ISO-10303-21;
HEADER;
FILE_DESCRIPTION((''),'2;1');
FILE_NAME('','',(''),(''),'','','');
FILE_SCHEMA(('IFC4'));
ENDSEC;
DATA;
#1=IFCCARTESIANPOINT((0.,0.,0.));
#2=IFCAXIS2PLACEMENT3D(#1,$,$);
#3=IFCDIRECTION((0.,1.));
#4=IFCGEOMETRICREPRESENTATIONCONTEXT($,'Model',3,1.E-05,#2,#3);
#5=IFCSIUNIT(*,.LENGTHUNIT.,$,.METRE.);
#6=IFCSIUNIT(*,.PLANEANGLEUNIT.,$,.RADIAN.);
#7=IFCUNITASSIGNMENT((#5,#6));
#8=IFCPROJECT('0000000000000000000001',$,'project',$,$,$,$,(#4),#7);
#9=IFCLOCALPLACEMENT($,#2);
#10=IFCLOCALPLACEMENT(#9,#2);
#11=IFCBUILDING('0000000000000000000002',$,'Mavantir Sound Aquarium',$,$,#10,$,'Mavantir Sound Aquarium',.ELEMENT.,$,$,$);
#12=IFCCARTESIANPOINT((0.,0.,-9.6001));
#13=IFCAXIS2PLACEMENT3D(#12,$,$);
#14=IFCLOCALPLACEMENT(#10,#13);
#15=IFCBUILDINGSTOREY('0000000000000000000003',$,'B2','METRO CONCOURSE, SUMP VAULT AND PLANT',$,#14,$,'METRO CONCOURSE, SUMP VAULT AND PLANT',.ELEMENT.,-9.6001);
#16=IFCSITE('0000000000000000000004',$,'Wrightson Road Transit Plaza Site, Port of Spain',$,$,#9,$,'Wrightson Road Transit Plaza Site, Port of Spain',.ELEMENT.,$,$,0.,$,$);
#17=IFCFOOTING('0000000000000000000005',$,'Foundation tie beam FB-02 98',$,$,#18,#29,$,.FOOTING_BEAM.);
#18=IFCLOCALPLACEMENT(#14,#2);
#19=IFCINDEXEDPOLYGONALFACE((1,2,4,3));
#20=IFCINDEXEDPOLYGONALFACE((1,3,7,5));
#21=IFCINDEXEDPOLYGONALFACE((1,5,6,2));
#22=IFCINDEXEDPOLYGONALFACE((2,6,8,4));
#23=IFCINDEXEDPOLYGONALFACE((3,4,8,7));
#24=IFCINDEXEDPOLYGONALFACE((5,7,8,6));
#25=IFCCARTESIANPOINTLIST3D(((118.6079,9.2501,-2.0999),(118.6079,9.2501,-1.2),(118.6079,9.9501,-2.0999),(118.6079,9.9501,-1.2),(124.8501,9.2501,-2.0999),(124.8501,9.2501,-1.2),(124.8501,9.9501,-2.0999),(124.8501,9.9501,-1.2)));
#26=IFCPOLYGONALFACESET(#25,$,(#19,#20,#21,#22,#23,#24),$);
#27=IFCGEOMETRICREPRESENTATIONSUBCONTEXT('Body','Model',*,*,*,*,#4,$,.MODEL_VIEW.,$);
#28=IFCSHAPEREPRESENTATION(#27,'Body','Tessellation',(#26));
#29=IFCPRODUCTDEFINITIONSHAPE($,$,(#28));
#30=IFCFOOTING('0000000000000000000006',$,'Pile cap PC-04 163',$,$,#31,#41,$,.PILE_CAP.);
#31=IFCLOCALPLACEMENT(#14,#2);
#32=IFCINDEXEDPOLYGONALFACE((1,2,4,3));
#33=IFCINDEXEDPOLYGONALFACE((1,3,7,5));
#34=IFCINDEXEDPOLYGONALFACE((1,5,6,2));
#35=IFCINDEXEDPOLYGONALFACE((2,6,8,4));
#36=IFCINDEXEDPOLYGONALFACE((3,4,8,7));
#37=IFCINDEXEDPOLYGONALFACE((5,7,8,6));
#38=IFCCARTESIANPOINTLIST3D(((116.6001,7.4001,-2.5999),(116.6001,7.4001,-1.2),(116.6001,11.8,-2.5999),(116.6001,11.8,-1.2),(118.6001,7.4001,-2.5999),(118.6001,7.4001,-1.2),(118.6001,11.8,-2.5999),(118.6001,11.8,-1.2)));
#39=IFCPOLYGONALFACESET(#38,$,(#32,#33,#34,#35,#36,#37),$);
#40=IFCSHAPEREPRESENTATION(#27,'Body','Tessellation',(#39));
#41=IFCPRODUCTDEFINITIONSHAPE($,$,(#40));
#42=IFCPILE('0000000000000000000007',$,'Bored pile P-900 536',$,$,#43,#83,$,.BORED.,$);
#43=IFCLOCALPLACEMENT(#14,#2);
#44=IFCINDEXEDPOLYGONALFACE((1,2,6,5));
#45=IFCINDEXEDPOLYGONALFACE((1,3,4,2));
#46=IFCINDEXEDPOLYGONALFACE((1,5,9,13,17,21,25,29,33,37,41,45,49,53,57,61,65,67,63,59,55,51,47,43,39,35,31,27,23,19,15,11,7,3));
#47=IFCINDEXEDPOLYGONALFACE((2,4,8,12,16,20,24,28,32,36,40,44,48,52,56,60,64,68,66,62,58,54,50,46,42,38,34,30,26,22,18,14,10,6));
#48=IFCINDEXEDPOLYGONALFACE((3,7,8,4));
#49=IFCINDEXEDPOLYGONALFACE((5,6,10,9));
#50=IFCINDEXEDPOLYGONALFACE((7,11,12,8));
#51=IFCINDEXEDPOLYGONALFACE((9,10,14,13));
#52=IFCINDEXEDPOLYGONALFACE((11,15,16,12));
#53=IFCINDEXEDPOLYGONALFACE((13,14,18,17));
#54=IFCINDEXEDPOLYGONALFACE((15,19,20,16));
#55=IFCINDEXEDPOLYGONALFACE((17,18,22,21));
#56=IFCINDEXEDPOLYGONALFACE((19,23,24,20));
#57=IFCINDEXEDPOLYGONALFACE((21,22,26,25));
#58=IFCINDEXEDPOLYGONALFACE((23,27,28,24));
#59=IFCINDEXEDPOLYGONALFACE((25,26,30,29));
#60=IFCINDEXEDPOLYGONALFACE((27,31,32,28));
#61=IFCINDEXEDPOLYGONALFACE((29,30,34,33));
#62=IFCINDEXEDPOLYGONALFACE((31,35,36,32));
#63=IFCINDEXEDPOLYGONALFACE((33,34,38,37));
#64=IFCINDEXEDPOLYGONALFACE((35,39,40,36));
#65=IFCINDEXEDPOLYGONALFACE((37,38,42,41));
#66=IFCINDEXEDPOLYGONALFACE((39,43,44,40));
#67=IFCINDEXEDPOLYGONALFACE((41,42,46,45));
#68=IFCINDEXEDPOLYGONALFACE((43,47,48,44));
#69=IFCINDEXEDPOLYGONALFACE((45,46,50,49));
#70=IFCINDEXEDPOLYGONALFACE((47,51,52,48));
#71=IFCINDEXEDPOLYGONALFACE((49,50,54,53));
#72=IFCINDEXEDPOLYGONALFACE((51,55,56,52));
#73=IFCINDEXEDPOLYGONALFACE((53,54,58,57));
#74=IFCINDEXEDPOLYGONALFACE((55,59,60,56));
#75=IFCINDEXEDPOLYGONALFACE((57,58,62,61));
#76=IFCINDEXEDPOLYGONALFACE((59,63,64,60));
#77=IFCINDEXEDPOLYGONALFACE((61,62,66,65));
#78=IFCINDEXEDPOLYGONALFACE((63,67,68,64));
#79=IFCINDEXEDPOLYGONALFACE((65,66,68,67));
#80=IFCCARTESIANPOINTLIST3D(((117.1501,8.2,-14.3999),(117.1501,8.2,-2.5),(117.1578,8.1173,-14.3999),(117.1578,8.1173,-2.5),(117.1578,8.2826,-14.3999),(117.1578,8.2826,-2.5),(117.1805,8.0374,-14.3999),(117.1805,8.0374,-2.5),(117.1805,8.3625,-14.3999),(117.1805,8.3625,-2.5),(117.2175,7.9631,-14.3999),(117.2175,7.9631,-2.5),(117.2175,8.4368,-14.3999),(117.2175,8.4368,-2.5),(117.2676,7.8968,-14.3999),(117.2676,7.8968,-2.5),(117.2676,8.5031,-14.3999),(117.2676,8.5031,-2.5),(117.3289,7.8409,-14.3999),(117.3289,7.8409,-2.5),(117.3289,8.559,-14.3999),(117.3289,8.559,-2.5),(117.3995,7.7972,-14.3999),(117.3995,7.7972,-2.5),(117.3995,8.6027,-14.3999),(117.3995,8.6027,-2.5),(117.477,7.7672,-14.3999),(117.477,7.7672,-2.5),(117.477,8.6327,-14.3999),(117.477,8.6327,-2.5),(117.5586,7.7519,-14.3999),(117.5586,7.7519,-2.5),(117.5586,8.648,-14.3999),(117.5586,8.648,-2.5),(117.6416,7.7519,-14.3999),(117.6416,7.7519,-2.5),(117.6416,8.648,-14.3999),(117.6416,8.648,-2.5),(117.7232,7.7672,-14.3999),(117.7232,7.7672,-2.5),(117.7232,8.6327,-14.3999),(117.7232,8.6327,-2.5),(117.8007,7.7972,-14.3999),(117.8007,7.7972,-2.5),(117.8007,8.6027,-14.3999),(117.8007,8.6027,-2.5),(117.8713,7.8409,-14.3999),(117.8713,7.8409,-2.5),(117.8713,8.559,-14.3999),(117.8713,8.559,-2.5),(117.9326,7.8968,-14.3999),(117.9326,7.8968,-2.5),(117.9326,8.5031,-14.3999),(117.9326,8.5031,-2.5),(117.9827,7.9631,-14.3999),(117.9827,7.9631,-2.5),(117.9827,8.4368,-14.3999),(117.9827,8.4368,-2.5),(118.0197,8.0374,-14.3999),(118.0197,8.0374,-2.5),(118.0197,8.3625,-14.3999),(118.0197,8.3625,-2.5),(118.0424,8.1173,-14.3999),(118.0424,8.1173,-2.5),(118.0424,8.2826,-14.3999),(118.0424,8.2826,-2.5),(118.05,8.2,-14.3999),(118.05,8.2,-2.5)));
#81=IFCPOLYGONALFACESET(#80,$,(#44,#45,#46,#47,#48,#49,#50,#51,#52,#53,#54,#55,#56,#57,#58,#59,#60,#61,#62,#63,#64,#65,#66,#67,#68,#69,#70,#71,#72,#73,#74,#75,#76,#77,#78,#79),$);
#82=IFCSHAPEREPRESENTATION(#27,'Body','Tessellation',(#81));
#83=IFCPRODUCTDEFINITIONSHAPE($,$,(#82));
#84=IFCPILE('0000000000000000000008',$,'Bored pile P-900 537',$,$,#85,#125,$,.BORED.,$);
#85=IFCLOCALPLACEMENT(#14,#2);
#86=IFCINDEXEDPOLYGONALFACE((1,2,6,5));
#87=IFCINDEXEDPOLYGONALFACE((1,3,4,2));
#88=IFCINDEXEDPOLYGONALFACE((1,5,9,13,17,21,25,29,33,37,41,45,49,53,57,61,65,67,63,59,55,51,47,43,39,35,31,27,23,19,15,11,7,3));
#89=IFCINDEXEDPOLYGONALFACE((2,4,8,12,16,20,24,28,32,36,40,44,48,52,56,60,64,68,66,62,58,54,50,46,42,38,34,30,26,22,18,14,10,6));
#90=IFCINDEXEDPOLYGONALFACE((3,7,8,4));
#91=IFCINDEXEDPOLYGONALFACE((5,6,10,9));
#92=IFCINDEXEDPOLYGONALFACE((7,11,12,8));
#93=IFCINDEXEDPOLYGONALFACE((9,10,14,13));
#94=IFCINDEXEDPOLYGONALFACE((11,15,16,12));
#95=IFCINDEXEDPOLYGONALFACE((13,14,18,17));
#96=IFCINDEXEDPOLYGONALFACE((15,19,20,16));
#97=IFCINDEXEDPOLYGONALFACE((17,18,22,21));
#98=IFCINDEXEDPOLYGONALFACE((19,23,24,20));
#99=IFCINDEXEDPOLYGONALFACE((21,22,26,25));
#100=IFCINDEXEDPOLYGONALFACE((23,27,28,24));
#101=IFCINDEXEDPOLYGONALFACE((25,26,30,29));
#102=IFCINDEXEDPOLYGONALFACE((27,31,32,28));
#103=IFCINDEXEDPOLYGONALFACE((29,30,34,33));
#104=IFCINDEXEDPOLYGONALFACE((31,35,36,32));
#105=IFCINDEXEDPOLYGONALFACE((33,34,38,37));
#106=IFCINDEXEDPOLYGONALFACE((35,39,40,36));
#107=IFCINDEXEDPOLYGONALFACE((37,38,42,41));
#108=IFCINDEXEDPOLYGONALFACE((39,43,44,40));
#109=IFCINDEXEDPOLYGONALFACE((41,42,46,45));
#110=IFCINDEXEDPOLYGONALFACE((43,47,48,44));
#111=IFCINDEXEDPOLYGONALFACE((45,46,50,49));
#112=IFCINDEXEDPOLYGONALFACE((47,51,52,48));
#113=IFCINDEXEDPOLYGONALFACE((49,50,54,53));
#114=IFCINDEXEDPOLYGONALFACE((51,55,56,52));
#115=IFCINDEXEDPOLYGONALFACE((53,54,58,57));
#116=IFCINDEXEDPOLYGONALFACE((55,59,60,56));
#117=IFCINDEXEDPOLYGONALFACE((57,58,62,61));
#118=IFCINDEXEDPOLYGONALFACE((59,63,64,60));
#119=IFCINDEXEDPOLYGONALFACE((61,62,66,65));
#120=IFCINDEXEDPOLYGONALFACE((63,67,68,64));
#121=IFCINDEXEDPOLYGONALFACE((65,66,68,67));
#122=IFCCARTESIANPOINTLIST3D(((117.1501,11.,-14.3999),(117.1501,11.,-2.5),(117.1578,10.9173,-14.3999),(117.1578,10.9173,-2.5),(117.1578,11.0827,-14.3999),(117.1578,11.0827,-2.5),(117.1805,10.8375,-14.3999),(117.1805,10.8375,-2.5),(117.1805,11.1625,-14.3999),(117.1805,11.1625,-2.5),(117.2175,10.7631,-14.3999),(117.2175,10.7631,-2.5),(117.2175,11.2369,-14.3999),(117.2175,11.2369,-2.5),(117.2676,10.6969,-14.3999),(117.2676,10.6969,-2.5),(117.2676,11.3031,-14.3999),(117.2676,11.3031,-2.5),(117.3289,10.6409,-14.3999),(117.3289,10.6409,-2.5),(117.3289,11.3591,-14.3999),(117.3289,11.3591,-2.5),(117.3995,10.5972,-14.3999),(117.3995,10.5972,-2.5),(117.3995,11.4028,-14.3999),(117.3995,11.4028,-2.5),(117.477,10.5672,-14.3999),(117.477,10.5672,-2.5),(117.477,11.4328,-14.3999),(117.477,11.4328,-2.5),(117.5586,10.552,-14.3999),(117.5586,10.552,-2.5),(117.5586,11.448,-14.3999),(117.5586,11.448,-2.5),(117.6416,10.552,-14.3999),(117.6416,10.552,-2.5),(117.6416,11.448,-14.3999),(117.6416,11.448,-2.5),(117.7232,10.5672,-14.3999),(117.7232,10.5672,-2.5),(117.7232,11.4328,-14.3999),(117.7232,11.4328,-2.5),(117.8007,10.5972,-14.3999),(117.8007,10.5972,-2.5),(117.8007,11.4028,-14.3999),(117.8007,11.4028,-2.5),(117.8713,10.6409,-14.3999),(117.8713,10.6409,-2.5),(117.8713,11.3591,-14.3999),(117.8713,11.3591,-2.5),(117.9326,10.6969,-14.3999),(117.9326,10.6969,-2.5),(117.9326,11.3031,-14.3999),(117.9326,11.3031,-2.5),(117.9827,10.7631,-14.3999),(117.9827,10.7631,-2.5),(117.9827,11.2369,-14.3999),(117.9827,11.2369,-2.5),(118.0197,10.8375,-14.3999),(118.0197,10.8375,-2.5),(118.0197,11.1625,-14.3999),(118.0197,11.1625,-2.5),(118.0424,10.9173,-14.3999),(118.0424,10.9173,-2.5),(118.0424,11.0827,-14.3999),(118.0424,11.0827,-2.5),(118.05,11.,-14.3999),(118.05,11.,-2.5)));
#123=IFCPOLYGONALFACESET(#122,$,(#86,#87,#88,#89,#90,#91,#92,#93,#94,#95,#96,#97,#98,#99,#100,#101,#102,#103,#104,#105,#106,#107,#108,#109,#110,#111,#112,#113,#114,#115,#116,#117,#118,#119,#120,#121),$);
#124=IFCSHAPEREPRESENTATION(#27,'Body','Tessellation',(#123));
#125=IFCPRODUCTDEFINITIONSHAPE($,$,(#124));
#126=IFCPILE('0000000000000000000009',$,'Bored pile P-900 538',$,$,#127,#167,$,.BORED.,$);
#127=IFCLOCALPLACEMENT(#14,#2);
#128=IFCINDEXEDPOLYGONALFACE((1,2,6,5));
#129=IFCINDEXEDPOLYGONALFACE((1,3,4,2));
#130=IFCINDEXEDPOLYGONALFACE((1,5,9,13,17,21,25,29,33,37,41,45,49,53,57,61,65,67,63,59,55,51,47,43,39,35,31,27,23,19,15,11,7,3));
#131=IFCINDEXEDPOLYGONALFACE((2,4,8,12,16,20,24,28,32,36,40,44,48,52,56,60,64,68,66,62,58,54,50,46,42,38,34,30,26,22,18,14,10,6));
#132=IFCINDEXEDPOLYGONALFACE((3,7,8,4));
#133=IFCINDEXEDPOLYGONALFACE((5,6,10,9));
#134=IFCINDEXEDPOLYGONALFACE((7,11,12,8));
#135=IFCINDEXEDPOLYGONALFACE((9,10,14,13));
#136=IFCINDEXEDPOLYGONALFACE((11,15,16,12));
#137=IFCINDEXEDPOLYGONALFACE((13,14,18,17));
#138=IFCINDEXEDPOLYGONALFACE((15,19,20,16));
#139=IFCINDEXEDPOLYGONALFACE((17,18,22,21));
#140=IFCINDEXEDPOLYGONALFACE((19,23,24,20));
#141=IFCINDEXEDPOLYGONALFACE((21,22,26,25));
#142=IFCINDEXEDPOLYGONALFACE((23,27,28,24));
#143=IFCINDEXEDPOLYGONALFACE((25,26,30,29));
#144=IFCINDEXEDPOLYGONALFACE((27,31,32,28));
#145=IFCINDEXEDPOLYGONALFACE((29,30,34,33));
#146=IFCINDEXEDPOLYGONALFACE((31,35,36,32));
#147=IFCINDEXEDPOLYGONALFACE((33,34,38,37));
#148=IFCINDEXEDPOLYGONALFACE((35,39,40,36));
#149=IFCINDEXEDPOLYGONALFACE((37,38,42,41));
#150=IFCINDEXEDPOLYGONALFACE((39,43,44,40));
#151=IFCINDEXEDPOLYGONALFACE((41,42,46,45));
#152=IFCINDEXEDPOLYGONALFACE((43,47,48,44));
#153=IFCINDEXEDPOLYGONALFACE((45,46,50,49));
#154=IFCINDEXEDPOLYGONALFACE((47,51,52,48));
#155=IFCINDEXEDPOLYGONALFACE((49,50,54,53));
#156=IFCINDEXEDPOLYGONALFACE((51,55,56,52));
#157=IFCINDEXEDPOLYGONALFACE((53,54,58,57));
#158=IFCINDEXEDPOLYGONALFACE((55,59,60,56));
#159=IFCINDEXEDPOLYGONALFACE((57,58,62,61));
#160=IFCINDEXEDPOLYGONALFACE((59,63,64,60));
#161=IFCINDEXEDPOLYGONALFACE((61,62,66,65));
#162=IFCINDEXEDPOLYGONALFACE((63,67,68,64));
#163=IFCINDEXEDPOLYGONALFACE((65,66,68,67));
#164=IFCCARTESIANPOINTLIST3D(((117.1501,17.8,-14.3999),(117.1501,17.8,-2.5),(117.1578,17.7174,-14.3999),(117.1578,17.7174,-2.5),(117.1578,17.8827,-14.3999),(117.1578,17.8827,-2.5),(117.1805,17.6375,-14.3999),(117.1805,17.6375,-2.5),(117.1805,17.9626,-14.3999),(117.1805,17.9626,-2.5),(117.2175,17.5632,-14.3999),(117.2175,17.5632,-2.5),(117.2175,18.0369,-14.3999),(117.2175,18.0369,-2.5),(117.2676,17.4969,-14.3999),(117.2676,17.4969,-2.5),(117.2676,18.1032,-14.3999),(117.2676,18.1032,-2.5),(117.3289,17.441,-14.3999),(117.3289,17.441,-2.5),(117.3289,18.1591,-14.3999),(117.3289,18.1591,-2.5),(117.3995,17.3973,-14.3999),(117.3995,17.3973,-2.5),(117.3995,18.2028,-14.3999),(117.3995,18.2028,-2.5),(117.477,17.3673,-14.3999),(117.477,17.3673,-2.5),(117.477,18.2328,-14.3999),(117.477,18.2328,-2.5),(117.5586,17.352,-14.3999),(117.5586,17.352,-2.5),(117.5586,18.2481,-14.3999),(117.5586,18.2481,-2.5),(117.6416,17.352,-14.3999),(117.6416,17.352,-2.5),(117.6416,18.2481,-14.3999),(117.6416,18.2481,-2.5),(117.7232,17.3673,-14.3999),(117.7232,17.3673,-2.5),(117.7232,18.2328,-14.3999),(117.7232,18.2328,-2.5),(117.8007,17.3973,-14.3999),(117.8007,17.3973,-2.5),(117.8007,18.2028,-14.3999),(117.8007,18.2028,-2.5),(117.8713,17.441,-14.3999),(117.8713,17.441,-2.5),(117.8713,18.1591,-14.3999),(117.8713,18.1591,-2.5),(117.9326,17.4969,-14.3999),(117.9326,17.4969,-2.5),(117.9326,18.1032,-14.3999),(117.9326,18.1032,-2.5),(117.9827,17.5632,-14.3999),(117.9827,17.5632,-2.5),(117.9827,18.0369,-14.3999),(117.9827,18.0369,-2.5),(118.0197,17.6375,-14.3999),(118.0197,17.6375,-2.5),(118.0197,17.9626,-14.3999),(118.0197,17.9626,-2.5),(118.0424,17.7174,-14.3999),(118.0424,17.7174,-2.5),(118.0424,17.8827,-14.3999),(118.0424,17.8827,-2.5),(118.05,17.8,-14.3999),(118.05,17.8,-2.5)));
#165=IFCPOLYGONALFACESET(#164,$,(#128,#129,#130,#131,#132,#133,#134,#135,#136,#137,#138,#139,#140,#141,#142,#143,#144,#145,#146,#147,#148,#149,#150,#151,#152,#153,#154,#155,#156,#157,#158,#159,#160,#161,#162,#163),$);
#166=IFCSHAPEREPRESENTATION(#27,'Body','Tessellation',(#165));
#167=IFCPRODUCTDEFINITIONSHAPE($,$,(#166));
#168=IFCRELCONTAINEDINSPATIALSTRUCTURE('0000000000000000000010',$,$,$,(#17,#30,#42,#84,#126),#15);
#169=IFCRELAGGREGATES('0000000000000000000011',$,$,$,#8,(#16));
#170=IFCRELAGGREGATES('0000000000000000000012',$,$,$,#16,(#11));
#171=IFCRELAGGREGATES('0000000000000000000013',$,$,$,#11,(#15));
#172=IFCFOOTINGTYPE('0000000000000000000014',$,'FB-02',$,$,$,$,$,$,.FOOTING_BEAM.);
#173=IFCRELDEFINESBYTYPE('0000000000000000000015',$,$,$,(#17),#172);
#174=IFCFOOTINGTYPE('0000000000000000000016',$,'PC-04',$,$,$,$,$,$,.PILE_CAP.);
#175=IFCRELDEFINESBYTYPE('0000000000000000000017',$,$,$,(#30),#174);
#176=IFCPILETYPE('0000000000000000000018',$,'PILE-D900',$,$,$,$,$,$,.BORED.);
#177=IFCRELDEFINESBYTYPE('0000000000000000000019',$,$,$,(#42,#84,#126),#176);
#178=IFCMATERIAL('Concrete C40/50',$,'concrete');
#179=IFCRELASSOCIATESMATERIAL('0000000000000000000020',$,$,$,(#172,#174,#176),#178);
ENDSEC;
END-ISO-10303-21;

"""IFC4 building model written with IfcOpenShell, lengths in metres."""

from ifc_helpers import new_model, si_unit, direction, frame, origin, origin_2d, place, context, subcontext, project, spatial, rectangle, circle, extrude, material, material_profile, profile_set, type_object, element, save


model = new_model("IFC4")

# Units and contexts
model_context = context("Model", 3, precision=1e-05, world=origin(), true_north=direction((0.0, 1.0)))
body_context = subcontext(model_context, "Body", "Model", "MODEL_VIEW")
ifc_project = project(units=[si_unit("LENGTHUNIT", "METRE"), si_unit("PLANEANGLEUNIT", "RADIAN")], contexts=[model_context])

# Site, building, storey
site_placement = place(None, origin())
site = spatial("IfcSite", under=ifc_project, at=site_placement, Name="Wrightson Road Transit Plaza Site, Port of Spain", LongName="Wrightson Road Transit Plaza Site, Port of Spain", CompositionType="ELEMENT", RefElevation=0.0)
building_placement = place(site_placement, origin())
building = spatial("IfcBuilding", under=site, at=building_placement, Name="Mavantir Sound Aquarium", LongName="Mavantir Sound Aquarium", CompositionType="ELEMENT")
storey_placement = place(building_placement, frame((0.0, 0.0, -9.6001)))
storey = spatial("IfcBuildingStorey", under=building, at=storey_placement, Name="B2", Description="METRO CONCOURSE, SUMP VAULT AND PLANT", LongName="METRO CONCOURSE, SUMP VAULT AND PLANT", CompositionType="ELEMENT", Elevation=-9.6001)

# Footings
ifc_material_1 = material(Name="Concrete C40/50", Category="concrete")
ifc_material_profile_1 = material_profile(ifc_material_1, rectangle(XDim=0.7, YDim=0.8999, at=origin_2d()), Name="RC 700X900")
ifc_profile_set_1 = profile_set([ifc_material_profile_1], Name="Concrete C40/50")
footing_type_1 = type_object("IfcFootingType", Name="FB-02", PredefinedType="FOOTING_BEAM", material=ifc_profile_set_1)
footing_1_placement = place(storey_placement, frame((118.6079, 9.6001, -1.6499), z_axis=(1.0, 0.0, 0.0), x_axis=(0.0, 1.0, 0.0)))
element("IfcFooting", 1, at=footing_1_placement, inside=storey, type_object=footing_type_1, Name="Foundation tie beam FB-02 98", PredefinedType="FOOTING_BEAM", context=body_context, shape_type="SweptSolid", body=[
    extrude(rectangle(XDim=0.7, YDim=0.8999, at=origin_2d()), origin(), (0.0, 0.0, 1.0), 6.2422),
])
footing_type_2 = type_object("IfcFootingType", Name="PC-04", PredefinedType="PILE_CAP", material=ifc_material_1)
footing_2_placement = place(storey_placement, frame((117.6001, 9.6001, -2.5999), z_axis=(0.0, 0.0, 1.0), x_axis=(1.0, 0.0, 0.0)))
element("IfcFooting", 2, at=footing_2_placement, inside=storey, type_object=footing_type_2, Name="Pile cap PC-04 163", PredefinedType="PILE_CAP", context=body_context, shape_type="SweptSolid", body=[
    extrude(rectangle(XDim=2.0, YDim=4.3999, at=origin_2d()), origin(), (0.0, 0.0, 1.0), 1.3999),
])

# Piles
ifc_material_profile_2 = material_profile(ifc_material_1, circle(Radius=0.45, at=origin_2d()), Name="PILE D900")
ifc_profile_set_2 = profile_set([ifc_material_profile_2], Name="Concrete C40/50")
pile_type = type_object("IfcPileType", Name="PILE-D900", PredefinedType="BORED", material=ifc_profile_set_2)
for number, where, z_axis, x_axis, name in (
    (3, (117.6001, 8.2, -2.5), (0.0, 0.0, -1.0), (1.0, 0.0, 0.0), "Bored pile P-900 536"),
    (4, (117.6001, 11.0, -2.5), (0.0, 0.0, -1.0), (1.0, 0.0, 0.0), "Bored pile P-900 537"),
    (5, (117.6001, 17.8, -2.5), (0.0, 0.0, -1.0), (1.0, 0.0, 0.0), "Bored pile P-900 538"),
):
    element("IfcPile", number, at=place(storey_placement, frame(where, z_axis=z_axis, x_axis=x_axis)), inside=storey, type_object=pile_type, Name=name, PredefinedType="BORED", context=body_context, shape_type="SweptSolid", body=[
        extrude(circle(Radius=0.45, at=origin_2d()), origin(), (0.0, 0.0, 1.0), 11.8999),
    ])

save(model, "model.ifc")
